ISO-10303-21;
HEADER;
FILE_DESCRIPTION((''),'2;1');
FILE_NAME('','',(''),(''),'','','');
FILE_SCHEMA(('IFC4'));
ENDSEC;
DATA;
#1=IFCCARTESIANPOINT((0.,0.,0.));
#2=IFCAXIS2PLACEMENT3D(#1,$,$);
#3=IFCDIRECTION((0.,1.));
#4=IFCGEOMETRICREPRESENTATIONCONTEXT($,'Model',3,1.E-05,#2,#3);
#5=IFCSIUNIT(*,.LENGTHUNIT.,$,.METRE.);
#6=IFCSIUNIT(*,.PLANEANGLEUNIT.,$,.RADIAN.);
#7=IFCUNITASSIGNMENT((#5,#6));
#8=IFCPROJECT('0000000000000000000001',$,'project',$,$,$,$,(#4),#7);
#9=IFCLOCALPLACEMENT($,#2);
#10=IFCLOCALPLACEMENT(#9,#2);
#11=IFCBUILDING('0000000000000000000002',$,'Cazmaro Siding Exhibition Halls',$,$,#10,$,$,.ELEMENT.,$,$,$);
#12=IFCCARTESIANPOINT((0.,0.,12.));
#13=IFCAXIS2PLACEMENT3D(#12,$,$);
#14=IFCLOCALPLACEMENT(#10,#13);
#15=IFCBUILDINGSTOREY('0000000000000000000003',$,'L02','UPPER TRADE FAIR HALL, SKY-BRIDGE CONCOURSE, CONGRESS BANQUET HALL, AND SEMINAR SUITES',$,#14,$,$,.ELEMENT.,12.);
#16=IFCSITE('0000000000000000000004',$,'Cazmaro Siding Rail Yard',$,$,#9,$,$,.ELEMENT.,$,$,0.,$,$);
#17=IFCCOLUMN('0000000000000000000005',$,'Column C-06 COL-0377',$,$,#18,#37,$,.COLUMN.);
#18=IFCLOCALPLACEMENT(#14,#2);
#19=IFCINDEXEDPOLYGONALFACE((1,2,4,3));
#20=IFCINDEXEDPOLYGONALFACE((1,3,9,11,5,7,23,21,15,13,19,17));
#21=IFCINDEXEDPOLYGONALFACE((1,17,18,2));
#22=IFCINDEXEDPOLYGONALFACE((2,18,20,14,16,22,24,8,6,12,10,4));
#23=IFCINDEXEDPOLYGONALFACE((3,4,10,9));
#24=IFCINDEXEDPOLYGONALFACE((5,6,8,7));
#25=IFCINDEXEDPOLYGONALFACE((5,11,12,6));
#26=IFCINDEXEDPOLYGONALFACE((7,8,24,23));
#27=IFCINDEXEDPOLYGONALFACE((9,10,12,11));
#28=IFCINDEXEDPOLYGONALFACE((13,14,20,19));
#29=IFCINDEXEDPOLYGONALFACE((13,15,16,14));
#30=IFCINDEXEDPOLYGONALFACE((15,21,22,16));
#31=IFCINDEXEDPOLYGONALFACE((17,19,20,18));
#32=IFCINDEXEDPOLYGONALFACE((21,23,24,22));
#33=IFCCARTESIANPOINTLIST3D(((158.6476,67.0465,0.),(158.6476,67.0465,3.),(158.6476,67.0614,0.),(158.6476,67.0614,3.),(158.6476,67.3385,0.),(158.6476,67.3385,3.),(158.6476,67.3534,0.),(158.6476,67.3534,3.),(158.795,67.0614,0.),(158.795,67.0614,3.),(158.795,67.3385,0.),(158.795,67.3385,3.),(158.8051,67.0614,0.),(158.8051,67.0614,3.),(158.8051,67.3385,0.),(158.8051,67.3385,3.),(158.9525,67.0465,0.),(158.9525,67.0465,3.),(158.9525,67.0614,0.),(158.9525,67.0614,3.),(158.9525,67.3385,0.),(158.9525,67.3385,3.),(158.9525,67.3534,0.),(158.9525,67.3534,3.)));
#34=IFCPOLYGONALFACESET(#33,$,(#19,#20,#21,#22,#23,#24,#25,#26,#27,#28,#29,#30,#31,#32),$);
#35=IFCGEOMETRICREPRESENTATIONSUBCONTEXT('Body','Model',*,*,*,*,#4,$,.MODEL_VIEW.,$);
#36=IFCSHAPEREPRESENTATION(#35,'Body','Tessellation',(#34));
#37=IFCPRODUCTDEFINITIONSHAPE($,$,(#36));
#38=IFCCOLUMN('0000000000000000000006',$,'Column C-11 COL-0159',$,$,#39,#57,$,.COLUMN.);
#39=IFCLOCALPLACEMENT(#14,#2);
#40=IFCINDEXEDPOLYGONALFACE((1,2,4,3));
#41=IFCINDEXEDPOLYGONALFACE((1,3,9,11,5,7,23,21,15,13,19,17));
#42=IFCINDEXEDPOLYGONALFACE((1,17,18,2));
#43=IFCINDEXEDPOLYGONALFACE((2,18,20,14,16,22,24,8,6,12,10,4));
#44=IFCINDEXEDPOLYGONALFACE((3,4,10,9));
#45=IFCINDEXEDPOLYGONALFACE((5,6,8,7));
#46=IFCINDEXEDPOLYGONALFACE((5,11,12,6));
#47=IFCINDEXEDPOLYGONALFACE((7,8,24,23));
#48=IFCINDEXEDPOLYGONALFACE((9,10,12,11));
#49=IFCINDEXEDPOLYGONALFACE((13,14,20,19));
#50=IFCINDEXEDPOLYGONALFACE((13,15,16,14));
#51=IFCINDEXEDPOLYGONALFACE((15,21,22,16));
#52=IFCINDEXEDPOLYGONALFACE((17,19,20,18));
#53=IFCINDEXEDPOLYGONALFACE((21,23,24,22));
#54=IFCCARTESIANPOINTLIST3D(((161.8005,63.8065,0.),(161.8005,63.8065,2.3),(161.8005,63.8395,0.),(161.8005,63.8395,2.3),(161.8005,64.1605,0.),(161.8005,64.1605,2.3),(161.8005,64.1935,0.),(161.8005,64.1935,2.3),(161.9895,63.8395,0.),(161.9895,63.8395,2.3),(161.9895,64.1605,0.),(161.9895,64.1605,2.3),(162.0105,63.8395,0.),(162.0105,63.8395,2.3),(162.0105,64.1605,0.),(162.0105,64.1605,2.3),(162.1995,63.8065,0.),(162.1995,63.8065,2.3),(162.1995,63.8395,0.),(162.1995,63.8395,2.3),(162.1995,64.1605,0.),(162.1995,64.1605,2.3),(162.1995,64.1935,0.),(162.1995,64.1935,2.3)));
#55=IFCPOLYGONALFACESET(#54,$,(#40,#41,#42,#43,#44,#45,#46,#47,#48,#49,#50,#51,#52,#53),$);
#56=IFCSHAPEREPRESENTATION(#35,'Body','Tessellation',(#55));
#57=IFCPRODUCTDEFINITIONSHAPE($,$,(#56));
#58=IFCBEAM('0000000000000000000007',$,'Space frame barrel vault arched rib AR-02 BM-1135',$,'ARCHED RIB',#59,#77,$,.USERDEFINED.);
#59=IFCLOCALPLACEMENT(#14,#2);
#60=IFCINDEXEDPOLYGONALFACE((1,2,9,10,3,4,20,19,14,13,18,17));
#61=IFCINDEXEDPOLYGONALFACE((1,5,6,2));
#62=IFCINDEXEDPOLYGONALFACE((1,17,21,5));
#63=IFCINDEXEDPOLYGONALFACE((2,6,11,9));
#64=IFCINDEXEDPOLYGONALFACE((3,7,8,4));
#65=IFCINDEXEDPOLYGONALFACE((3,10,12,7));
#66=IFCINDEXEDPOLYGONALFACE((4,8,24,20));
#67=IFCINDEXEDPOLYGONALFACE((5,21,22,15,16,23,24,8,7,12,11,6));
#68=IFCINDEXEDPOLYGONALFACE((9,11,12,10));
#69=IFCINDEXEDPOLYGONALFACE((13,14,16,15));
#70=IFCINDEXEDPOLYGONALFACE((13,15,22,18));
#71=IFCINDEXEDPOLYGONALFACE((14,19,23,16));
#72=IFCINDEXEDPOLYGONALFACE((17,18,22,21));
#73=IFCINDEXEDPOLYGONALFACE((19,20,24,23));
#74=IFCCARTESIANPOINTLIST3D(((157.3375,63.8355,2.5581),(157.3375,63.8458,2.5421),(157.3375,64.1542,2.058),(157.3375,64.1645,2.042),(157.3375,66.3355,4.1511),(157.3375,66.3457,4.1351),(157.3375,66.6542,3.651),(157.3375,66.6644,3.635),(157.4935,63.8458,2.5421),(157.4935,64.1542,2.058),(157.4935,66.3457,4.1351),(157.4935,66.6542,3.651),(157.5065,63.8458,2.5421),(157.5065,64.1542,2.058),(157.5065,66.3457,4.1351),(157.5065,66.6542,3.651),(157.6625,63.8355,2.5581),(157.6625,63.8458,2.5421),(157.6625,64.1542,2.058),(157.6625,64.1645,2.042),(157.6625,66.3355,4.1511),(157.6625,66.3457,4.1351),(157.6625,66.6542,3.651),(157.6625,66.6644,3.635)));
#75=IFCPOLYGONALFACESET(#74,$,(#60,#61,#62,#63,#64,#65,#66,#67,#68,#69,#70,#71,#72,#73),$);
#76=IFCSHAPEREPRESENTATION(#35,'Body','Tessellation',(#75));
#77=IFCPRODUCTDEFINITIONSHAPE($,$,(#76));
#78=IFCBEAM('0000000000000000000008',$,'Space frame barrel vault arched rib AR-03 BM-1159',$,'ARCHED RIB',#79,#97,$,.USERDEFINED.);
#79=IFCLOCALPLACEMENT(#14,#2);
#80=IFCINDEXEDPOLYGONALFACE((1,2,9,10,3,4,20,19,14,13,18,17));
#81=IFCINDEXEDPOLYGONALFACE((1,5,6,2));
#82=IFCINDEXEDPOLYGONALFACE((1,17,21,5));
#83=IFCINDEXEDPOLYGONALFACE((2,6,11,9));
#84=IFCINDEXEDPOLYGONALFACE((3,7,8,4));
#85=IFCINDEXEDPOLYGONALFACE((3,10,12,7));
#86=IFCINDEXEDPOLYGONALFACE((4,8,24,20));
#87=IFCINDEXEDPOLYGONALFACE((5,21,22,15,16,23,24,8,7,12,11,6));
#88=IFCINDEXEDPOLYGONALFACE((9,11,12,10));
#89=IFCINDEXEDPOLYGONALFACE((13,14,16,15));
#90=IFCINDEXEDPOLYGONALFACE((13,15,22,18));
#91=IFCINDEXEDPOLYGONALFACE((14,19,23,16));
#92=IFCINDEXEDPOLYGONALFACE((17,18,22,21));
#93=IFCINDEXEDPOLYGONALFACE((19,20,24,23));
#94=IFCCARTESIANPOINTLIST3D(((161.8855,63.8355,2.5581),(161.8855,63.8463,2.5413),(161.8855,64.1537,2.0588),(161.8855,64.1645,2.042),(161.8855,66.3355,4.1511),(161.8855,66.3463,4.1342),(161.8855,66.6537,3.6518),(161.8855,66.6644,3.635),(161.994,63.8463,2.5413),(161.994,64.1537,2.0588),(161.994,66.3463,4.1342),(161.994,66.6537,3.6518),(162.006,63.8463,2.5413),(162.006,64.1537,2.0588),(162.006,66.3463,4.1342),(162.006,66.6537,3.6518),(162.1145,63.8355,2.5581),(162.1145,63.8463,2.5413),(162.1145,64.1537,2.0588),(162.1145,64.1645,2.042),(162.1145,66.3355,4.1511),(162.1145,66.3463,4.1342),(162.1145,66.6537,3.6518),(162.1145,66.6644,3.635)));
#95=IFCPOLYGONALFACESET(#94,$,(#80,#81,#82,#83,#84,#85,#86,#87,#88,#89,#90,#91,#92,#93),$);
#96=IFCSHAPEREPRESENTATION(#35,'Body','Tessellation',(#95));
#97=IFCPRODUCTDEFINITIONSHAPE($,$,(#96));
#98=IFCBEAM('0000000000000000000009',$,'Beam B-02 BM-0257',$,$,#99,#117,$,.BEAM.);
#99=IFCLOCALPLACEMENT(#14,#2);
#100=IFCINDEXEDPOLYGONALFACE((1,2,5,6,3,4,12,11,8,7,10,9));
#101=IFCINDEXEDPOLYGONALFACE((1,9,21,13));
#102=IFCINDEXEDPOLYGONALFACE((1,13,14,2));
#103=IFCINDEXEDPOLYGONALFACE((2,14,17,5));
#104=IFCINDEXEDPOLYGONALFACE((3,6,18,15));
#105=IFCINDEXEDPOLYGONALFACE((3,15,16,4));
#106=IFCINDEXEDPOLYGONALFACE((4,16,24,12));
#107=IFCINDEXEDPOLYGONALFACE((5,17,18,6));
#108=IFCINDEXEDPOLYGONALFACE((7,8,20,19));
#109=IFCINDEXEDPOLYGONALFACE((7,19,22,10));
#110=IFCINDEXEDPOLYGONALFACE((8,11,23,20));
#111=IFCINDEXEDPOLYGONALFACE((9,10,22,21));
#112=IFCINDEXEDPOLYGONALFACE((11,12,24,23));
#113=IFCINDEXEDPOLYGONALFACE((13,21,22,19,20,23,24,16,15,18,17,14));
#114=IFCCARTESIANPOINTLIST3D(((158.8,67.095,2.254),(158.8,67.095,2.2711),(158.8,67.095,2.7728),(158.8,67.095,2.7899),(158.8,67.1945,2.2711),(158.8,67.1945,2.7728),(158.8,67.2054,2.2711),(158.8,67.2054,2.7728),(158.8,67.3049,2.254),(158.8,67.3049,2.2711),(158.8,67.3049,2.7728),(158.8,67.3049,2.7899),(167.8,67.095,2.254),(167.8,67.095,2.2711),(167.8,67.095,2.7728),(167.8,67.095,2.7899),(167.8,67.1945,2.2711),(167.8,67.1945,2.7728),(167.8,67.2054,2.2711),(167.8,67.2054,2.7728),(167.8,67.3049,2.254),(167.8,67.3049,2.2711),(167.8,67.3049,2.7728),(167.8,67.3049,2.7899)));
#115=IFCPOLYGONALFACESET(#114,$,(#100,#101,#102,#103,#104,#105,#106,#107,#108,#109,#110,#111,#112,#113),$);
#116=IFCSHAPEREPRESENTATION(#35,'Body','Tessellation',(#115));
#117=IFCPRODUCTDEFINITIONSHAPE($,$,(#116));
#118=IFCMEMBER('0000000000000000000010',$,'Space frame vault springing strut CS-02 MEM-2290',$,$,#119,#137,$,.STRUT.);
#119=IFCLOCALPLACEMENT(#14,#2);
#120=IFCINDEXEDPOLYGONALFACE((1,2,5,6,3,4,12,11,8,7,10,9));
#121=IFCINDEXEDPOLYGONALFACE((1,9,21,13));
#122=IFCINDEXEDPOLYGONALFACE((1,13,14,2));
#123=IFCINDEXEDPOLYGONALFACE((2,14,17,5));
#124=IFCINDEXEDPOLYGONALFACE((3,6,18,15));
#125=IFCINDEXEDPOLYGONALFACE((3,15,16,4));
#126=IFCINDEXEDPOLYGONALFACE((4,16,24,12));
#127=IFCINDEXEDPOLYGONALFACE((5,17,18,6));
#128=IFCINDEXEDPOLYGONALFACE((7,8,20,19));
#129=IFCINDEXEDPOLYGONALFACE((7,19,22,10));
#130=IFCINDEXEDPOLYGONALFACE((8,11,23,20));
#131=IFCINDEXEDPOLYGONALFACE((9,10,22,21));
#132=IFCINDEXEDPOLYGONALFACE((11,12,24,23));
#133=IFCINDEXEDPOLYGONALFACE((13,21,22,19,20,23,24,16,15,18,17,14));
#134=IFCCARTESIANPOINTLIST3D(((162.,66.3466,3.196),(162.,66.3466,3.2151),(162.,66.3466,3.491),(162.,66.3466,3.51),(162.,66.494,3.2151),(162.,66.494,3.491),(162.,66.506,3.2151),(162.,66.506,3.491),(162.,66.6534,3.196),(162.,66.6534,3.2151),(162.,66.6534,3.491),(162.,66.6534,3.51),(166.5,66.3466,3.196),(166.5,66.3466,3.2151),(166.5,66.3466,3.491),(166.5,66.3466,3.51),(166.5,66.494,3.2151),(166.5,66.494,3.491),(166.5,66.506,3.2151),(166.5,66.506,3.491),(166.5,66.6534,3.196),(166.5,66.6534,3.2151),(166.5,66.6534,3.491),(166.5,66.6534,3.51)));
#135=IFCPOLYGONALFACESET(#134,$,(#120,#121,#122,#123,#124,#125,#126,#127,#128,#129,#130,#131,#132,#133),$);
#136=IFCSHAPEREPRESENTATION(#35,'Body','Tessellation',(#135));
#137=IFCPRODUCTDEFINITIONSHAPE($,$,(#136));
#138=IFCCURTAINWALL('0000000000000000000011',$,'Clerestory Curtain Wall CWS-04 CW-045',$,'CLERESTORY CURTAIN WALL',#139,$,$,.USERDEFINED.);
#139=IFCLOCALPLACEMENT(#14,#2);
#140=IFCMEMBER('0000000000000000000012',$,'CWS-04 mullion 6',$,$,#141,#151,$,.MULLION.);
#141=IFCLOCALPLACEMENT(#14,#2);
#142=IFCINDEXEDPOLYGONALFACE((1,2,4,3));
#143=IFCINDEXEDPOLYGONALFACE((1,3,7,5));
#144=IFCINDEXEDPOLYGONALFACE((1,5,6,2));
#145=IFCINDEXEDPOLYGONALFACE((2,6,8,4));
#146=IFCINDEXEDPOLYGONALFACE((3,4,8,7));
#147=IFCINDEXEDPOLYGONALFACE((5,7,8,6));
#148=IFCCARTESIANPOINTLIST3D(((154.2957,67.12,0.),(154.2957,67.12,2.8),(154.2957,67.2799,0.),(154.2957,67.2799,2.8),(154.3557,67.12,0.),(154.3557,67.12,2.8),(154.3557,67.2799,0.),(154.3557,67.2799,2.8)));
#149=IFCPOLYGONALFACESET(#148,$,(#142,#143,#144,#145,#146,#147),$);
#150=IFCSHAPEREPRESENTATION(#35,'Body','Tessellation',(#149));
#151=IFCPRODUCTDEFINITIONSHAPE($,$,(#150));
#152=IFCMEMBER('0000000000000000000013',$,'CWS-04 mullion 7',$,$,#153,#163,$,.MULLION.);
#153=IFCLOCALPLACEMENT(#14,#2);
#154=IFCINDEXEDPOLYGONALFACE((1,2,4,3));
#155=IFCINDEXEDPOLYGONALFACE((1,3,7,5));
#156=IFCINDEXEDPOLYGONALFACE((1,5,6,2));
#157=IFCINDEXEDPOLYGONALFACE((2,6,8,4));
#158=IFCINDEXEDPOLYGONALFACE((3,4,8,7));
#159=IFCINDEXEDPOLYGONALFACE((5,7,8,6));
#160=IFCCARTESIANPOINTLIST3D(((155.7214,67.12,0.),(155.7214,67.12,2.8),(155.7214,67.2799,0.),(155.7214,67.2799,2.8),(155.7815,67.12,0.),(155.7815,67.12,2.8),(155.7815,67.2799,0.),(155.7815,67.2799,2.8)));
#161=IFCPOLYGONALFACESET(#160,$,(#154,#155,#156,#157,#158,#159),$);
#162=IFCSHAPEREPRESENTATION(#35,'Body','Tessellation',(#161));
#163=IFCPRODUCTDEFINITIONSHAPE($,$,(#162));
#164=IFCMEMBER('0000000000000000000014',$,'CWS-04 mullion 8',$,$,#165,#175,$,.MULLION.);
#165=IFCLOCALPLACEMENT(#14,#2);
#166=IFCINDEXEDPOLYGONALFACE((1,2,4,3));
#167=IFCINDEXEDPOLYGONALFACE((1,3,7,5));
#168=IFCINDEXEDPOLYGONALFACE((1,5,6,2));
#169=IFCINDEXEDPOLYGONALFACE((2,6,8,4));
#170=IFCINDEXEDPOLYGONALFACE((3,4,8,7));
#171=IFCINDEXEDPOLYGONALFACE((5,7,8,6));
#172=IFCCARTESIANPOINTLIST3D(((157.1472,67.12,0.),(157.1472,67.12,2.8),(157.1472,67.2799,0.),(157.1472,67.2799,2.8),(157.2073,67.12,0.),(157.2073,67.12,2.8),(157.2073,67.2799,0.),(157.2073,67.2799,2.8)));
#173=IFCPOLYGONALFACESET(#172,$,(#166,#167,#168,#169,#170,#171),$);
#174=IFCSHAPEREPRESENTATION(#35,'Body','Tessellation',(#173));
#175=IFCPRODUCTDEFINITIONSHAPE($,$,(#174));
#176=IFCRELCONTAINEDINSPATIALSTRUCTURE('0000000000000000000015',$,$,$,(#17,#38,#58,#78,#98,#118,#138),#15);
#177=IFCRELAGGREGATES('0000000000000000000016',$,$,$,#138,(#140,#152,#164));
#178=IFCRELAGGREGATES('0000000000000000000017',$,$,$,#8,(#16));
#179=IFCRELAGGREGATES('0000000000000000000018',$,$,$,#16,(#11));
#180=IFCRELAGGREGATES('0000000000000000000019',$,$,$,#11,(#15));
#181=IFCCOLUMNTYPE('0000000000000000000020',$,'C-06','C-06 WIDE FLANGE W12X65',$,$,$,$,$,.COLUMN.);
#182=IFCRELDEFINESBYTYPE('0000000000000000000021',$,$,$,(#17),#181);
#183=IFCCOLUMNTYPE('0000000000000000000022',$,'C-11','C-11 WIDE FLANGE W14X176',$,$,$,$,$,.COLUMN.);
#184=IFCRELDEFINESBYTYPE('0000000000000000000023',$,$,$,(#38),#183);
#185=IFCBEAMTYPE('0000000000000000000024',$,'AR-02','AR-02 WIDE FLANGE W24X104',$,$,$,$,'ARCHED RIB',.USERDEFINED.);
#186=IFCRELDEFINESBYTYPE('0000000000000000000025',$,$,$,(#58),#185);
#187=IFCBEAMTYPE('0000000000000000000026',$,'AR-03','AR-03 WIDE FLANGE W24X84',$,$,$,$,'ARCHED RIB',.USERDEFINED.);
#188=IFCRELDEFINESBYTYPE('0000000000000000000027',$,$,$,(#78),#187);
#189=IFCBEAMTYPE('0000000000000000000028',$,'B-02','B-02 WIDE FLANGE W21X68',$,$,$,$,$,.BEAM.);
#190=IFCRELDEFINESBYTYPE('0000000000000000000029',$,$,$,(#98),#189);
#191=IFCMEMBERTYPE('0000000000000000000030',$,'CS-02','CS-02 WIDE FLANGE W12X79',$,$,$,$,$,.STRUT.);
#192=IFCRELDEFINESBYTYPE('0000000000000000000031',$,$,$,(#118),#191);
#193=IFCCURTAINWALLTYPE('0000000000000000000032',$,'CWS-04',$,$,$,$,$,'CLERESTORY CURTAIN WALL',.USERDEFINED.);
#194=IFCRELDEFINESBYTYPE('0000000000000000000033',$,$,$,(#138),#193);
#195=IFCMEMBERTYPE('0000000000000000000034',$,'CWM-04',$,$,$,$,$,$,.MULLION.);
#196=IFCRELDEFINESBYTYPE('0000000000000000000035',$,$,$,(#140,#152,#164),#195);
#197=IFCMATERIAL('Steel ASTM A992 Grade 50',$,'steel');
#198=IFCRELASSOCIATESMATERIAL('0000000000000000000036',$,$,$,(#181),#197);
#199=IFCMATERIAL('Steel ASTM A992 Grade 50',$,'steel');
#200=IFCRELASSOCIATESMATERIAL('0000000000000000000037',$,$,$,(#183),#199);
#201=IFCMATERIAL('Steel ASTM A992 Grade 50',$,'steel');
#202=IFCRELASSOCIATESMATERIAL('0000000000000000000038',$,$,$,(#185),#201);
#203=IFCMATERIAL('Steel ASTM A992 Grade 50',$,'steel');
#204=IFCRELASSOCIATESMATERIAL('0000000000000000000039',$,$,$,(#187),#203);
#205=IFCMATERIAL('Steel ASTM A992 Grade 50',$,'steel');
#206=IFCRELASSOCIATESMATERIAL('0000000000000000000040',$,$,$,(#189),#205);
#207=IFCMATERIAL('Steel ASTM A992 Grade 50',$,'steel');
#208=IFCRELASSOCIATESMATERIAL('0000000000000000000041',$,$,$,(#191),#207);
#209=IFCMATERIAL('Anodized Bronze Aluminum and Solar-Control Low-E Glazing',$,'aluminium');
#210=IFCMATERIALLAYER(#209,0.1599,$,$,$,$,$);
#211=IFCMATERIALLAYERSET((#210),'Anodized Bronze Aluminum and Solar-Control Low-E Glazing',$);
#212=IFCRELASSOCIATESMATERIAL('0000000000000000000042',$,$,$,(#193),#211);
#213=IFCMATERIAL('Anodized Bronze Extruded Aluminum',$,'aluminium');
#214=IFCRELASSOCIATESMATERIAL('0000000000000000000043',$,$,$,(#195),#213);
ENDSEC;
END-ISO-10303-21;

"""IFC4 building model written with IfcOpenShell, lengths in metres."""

from ifc_helpers import new_model, si_unit, direction, frame, origin, origin_2d, place, context, subcontext, project, spatial, rectangle, i_section, extrude, material, layer, layer_set, material_profile, profile_set, type_object, element, aggregate, save


model = new_model("IFC4")

# Units and contexts
model_context = context("Model", 3, precision=1e-05, world=origin(), true_north=direction((0.0, 1.0)))
body_context = subcontext(model_context, "Body", "Model", "MODEL_VIEW")
ifc_project = project(units=[si_unit("LENGTHUNIT", "METRE"), si_unit("PLANEANGLEUNIT", "RADIAN")], contexts=[model_context])

# Site, building, storey
site_placement = place(None, origin())
site = spatial("IfcSite", under=ifc_project, at=site_placement, Name="Cazmaro Siding Rail Yard", CompositionType="ELEMENT", RefElevation=0.0)
building_placement = place(site_placement, origin())
building = spatial("IfcBuilding", under=site, at=building_placement, Name="Cazmaro Siding Exhibition Halls", CompositionType="ELEMENT")
storey_placement = place(building_placement, frame((0.0, 0.0, 12.0)))
storey = spatial("IfcBuildingStorey", under=building, at=storey_placement, Name="L02", Description="UPPER TRADE FAIR HALL, SKY-BRIDGE CONCOURSE, CONGRESS BANQUET HALL, AND SEMINAR SUITES", CompositionType="ELEMENT", Elevation=12.0)

# Columns
ifc_material_1 = material(Name="Steel ASTM A992 Grade 50", Category="steel")
ifc_material_profile_1 = material_profile(ifc_material_1, i_section(OverallWidth=0.3049, OverallDepth=0.3069, WebThickness=0.01, FlangeThickness=0.0149, at=origin_2d()), Name="W12X65")
ifc_profile_set_1 = profile_set([ifc_material_profile_1], Name="Steel ASTM A992 Grade 50")
column_type_1 = type_object("IfcColumnType", Name="C-06", Description="C-06 WIDE FLANGE W12X65", PredefinedType="COLUMN", material=ifc_profile_set_1)
column_1_placement = place(storey_placement, frame((158.8, 67.2, 0.0), z_axis=(0.0, 0.0, 1.0), x_axis=(1.0, 0.0, 0.0)))
element("IfcColumn", 1, at=column_1_placement, inside=storey, type_object=column_type_1, Name="Column C-06 COL-0377", PredefinedType="COLUMN", context=body_context, shape_type="SweptSolid", body=[
    extrude(i_section(OverallWidth=0.3049, OverallDepth=0.3069, WebThickness=0.01, FlangeThickness=0.0149, at=origin_2d()), origin(), (0.0, 0.0, 1.0), 3.0),
])
ifc_material_2 = material(Name="Steel ASTM A992 Grade 50", Category="steel")
ifc_material_profile_2 = material_profile(ifc_material_2, i_section(OverallWidth=0.3989, OverallDepth=0.387, WebThickness=0.021, FlangeThickness=0.033, at=origin_2d()), Name="W14X176")
ifc_profile_set_2 = profile_set([ifc_material_profile_2], Name="Steel ASTM A992 Grade 50")
column_type_2 = type_object("IfcColumnType", Name="C-11", Description="C-11 WIDE FLANGE W14X176", PredefinedType="COLUMN", material=ifc_profile_set_2)
column_2_placement = place(storey_placement, frame((162.0, 64.0, 0.0), z_axis=(0.0, 0.0, 1.0), x_axis=(1.0, 0.0, 0.0)))
element("IfcColumn", 2, at=column_2_placement, inside=storey, type_object=column_type_2, Name="Column C-11 COL-0159", PredefinedType="COLUMN", context=body_context, shape_type="SweptSolid", body=[
    extrude(i_section(OverallWidth=0.3989, OverallDepth=0.387, WebThickness=0.021, FlangeThickness=0.033, at=origin_2d()), origin(), (0.0, 0.0, 1.0), 2.3),
])

# Beams
ifc_material_3 = material(Name="Steel ASTM A992 Grade 50", Category="steel")
ifc_material_profile_3 = material_profile(ifc_material_3, i_section(OverallWidth=0.325, OverallDepth=0.6121, WebThickness=0.0129, FlangeThickness=0.019, at=origin_2d()), Name="W24X104")
ifc_profile_set_3 = profile_set([ifc_material_profile_3], Name="Steel ASTM A992 Grade 50")
beam_type_1 = type_object("IfcBeamType", Name="AR-02", Description="AR-02 WIDE FLANGE W24X104", ElementType="ARCHED RIB", PredefinedType="USERDEFINED", material=ifc_profile_set_3)
beam_1_placement = place(storey_placement, frame((157.5, 64.0, 2.3), z_axis=(0.0, 0.843339, 0.537382), x_axis=(-1.0, 0.0, 0.0)))
element("IfcBeam", 3, at=beam_1_placement, inside=storey, type_object=beam_type_1, Name="Space frame barrel vault arched rib AR-02 BM-1135", ObjectType="ARCHED RIB", PredefinedType="USERDEFINED", context=body_context, shape_type="SweptSolid", body=[
    extrude(i_section(OverallWidth=0.325, OverallDepth=0.6121, WebThickness=0.0129, FlangeThickness=0.019, at=origin_2d()), origin(), (0.0, 0.0, 1.0), 2.9644),
])
ifc_material_4 = material(Name="Steel ASTM A992 Grade 50", Category="steel")
ifc_material_profile_4 = material_profile(ifc_material_4, i_section(OverallWidth=0.229, OverallDepth=0.6121, WebThickness=0.012, FlangeThickness=0.02, at=origin_2d()), Name="W24X84")
ifc_profile_set_4 = profile_set([ifc_material_profile_4], Name="Steel ASTM A992 Grade 50")
beam_type_2 = type_object("IfcBeamType", Name="AR-03", Description="AR-03 WIDE FLANGE W24X84", ElementType="ARCHED RIB", PredefinedType="USERDEFINED", material=ifc_profile_set_4)
beam_2_placement = place(storey_placement, frame((162.0, 64.0, 2.3), z_axis=(0.0, 0.843339, 0.537382), x_axis=(-1.0, 0.0, 0.0)))
element("IfcBeam", 4, at=beam_2_placement, inside=storey, type_object=beam_type_2, Name="Space frame barrel vault arched rib AR-03 BM-1159", ObjectType="ARCHED RIB", PredefinedType="USERDEFINED", context=body_context, shape_type="SweptSolid", body=[
    extrude(i_section(OverallWidth=0.229, OverallDepth=0.6121, WebThickness=0.012, FlangeThickness=0.02, at=origin_2d()), origin(), (0.0, 0.0, 1.0), 2.9644),
])
ifc_material_5 = material(Name="Steel ASTM A992 Grade 50", Category="steel")
ifc_material_profile_5 = material_profile(ifc_material_5, i_section(OverallWidth=0.21, OverallDepth=0.5359, WebThickness=0.011, FlangeThickness=0.0171, at=origin_2d()), Name="W21X68")
ifc_profile_set_5 = profile_set([ifc_material_profile_5], Name="Steel ASTM A992 Grade 50")
beam_type_3 = type_object("IfcBeamType", Name="B-02", Description="B-02 WIDE FLANGE W21X68", PredefinedType="BEAM", material=ifc_profile_set_5)
beam_3_placement = place(storey_placement, frame((158.8, 67.2, 2.522), z_axis=(1.0, 0.0, 0.0), x_axis=(0.0, 1.0, 0.0)))
element("IfcBeam", 5, at=beam_3_placement, inside=storey, type_object=beam_type_3, Name="Beam B-02 BM-0257", PredefinedType="BEAM", context=body_context, shape_type="SweptSolid", body=[
    extrude(i_section(OverallWidth=0.21, OverallDepth=0.5359, WebThickness=0.011, FlangeThickness=0.0171, at=origin_2d()), origin(), (0.0, 0.0, 1.0), 9.0),
])

# Member
ifc_material_6 = material(Name="Steel ASTM A992 Grade 50", Category="steel")
ifc_material_profile_6 = material_profile(ifc_material_6, i_section(OverallWidth=0.3069, OverallDepth=0.314, WebThickness=0.012, FlangeThickness=0.019, at=origin_2d()), Name="W12X79")
ifc_profile_set_6 = profile_set([ifc_material_profile_6], Name="Steel ASTM A992 Grade 50")
member_type_1 = type_object("IfcMemberType", Name="CS-02", Description="CS-02 WIDE FLANGE W12X79", PredefinedType="STRUT", material=ifc_profile_set_6)
member_1_placement = place(storey_placement, frame((162.0, 66.5, 3.353), z_axis=(1.0, 0.0, 0.0), x_axis=(0.0, 1.0, 0.0)))
element("IfcMember", 6, at=member_1_placement, inside=storey, type_object=member_type_1, Name="Space frame vault springing strut CS-02 MEM-2290", PredefinedType="STRUT", context=body_context, shape_type="SweptSolid", body=[
    extrude(i_section(OverallWidth=0.3069, OverallDepth=0.314, WebThickness=0.012, FlangeThickness=0.019, at=origin_2d()), origin(), (0.0, 0.0, 1.0), 4.5),
])

# Curtain wall, members
ifc_material_7 = material(Name="Anodized Bronze Aluminum and Solar-Control Low-E Glazing", Category="aluminium")
ifc_layer_1 = layer(ifc_material_7, 0.1599)
ifc_layer_set_1 = layer_set([ifc_layer_1], Name="Anodized Bronze Aluminum and Solar-Control Low-E Glazing")
curtain_wall_type = type_object("IfcCurtainWallType", Name="CWS-04", ElementType="CLERESTORY CURTAIN WALL", PredefinedType="USERDEFINED", material=ifc_layer_set_1)
curtain_wall_placement = place(storey_placement, origin())
curtain_wall = element("IfcCurtainWall", 7, at=curtain_wall_placement, inside=storey, type_object=curtain_wall_type, Name="Clerestory Curtain Wall CWS-04 CW-045", ObjectType="CLERESTORY CURTAIN WALL", PredefinedType="USERDEFINED")
ifc_material_8 = material(Name="Anodized Bronze Extruded Aluminum", Category="aluminium")
ifc_material_profile_7 = material_profile(ifc_material_8, rectangle(XDim=0.1599, YDim=0.0601, at=origin_2d()), Name="CWM-04")
ifc_profile_set_7 = profile_set([ifc_material_profile_7], Name="Anodized Bronze Extruded Aluminum")
member_type_2 = type_object("IfcMemberType", Name="CWM-04", PredefinedType="MULLION", material=ifc_profile_set_7)
member_2_placement = place(storey_placement, frame((154.3257, 67.2, 0.0), z_axis=(0.0, 0.0, 1.0), x_axis=(0.0, 1.0, 0.0)))
member_2 = element("IfcMember", 8, at=member_2_placement, type_object=member_type_2, Name="CWS-04 mullion 6", PredefinedType="MULLION", context=body_context, shape_type="SweptSolid", body=[
    extrude(rectangle(XDim=0.1599, YDim=0.0601, at=origin_2d()), origin(), (0.0, 0.0, 1.0), 2.8),
])
member_3_placement = place(storey_placement, frame((155.7515, 67.2, 0.0), z_axis=(0.0, 0.0, 1.0), x_axis=(0.0, 1.0, 0.0)))
member_3 = element("IfcMember", 9, at=member_3_placement, type_object=member_type_2, Name="CWS-04 mullion 7", PredefinedType="MULLION", context=body_context, shape_type="SweptSolid", body=[
    extrude(rectangle(XDim=0.1599, YDim=0.0601, at=origin_2d()), origin(), (0.0, 0.0, 1.0), 2.8),
])
member_4_placement = place(storey_placement, frame((157.1772, 67.2, 0.0), z_axis=(0.0, 0.0, 1.0), x_axis=(0.0, 1.0, 0.0)))
member_4 = element("IfcMember", 10, at=member_4_placement, type_object=member_type_2, Name="CWS-04 mullion 8", PredefinedType="MULLION", context=body_context, shape_type="SweptSolid", body=[
    extrude(rectangle(XDim=0.1599, YDim=0.0601, at=origin_2d()), origin(), (0.0, 0.0, 1.0), 2.8),
])

aggregate(curtain_wall, [member_2, member_3, member_4])

save(model, "model.ifc")
